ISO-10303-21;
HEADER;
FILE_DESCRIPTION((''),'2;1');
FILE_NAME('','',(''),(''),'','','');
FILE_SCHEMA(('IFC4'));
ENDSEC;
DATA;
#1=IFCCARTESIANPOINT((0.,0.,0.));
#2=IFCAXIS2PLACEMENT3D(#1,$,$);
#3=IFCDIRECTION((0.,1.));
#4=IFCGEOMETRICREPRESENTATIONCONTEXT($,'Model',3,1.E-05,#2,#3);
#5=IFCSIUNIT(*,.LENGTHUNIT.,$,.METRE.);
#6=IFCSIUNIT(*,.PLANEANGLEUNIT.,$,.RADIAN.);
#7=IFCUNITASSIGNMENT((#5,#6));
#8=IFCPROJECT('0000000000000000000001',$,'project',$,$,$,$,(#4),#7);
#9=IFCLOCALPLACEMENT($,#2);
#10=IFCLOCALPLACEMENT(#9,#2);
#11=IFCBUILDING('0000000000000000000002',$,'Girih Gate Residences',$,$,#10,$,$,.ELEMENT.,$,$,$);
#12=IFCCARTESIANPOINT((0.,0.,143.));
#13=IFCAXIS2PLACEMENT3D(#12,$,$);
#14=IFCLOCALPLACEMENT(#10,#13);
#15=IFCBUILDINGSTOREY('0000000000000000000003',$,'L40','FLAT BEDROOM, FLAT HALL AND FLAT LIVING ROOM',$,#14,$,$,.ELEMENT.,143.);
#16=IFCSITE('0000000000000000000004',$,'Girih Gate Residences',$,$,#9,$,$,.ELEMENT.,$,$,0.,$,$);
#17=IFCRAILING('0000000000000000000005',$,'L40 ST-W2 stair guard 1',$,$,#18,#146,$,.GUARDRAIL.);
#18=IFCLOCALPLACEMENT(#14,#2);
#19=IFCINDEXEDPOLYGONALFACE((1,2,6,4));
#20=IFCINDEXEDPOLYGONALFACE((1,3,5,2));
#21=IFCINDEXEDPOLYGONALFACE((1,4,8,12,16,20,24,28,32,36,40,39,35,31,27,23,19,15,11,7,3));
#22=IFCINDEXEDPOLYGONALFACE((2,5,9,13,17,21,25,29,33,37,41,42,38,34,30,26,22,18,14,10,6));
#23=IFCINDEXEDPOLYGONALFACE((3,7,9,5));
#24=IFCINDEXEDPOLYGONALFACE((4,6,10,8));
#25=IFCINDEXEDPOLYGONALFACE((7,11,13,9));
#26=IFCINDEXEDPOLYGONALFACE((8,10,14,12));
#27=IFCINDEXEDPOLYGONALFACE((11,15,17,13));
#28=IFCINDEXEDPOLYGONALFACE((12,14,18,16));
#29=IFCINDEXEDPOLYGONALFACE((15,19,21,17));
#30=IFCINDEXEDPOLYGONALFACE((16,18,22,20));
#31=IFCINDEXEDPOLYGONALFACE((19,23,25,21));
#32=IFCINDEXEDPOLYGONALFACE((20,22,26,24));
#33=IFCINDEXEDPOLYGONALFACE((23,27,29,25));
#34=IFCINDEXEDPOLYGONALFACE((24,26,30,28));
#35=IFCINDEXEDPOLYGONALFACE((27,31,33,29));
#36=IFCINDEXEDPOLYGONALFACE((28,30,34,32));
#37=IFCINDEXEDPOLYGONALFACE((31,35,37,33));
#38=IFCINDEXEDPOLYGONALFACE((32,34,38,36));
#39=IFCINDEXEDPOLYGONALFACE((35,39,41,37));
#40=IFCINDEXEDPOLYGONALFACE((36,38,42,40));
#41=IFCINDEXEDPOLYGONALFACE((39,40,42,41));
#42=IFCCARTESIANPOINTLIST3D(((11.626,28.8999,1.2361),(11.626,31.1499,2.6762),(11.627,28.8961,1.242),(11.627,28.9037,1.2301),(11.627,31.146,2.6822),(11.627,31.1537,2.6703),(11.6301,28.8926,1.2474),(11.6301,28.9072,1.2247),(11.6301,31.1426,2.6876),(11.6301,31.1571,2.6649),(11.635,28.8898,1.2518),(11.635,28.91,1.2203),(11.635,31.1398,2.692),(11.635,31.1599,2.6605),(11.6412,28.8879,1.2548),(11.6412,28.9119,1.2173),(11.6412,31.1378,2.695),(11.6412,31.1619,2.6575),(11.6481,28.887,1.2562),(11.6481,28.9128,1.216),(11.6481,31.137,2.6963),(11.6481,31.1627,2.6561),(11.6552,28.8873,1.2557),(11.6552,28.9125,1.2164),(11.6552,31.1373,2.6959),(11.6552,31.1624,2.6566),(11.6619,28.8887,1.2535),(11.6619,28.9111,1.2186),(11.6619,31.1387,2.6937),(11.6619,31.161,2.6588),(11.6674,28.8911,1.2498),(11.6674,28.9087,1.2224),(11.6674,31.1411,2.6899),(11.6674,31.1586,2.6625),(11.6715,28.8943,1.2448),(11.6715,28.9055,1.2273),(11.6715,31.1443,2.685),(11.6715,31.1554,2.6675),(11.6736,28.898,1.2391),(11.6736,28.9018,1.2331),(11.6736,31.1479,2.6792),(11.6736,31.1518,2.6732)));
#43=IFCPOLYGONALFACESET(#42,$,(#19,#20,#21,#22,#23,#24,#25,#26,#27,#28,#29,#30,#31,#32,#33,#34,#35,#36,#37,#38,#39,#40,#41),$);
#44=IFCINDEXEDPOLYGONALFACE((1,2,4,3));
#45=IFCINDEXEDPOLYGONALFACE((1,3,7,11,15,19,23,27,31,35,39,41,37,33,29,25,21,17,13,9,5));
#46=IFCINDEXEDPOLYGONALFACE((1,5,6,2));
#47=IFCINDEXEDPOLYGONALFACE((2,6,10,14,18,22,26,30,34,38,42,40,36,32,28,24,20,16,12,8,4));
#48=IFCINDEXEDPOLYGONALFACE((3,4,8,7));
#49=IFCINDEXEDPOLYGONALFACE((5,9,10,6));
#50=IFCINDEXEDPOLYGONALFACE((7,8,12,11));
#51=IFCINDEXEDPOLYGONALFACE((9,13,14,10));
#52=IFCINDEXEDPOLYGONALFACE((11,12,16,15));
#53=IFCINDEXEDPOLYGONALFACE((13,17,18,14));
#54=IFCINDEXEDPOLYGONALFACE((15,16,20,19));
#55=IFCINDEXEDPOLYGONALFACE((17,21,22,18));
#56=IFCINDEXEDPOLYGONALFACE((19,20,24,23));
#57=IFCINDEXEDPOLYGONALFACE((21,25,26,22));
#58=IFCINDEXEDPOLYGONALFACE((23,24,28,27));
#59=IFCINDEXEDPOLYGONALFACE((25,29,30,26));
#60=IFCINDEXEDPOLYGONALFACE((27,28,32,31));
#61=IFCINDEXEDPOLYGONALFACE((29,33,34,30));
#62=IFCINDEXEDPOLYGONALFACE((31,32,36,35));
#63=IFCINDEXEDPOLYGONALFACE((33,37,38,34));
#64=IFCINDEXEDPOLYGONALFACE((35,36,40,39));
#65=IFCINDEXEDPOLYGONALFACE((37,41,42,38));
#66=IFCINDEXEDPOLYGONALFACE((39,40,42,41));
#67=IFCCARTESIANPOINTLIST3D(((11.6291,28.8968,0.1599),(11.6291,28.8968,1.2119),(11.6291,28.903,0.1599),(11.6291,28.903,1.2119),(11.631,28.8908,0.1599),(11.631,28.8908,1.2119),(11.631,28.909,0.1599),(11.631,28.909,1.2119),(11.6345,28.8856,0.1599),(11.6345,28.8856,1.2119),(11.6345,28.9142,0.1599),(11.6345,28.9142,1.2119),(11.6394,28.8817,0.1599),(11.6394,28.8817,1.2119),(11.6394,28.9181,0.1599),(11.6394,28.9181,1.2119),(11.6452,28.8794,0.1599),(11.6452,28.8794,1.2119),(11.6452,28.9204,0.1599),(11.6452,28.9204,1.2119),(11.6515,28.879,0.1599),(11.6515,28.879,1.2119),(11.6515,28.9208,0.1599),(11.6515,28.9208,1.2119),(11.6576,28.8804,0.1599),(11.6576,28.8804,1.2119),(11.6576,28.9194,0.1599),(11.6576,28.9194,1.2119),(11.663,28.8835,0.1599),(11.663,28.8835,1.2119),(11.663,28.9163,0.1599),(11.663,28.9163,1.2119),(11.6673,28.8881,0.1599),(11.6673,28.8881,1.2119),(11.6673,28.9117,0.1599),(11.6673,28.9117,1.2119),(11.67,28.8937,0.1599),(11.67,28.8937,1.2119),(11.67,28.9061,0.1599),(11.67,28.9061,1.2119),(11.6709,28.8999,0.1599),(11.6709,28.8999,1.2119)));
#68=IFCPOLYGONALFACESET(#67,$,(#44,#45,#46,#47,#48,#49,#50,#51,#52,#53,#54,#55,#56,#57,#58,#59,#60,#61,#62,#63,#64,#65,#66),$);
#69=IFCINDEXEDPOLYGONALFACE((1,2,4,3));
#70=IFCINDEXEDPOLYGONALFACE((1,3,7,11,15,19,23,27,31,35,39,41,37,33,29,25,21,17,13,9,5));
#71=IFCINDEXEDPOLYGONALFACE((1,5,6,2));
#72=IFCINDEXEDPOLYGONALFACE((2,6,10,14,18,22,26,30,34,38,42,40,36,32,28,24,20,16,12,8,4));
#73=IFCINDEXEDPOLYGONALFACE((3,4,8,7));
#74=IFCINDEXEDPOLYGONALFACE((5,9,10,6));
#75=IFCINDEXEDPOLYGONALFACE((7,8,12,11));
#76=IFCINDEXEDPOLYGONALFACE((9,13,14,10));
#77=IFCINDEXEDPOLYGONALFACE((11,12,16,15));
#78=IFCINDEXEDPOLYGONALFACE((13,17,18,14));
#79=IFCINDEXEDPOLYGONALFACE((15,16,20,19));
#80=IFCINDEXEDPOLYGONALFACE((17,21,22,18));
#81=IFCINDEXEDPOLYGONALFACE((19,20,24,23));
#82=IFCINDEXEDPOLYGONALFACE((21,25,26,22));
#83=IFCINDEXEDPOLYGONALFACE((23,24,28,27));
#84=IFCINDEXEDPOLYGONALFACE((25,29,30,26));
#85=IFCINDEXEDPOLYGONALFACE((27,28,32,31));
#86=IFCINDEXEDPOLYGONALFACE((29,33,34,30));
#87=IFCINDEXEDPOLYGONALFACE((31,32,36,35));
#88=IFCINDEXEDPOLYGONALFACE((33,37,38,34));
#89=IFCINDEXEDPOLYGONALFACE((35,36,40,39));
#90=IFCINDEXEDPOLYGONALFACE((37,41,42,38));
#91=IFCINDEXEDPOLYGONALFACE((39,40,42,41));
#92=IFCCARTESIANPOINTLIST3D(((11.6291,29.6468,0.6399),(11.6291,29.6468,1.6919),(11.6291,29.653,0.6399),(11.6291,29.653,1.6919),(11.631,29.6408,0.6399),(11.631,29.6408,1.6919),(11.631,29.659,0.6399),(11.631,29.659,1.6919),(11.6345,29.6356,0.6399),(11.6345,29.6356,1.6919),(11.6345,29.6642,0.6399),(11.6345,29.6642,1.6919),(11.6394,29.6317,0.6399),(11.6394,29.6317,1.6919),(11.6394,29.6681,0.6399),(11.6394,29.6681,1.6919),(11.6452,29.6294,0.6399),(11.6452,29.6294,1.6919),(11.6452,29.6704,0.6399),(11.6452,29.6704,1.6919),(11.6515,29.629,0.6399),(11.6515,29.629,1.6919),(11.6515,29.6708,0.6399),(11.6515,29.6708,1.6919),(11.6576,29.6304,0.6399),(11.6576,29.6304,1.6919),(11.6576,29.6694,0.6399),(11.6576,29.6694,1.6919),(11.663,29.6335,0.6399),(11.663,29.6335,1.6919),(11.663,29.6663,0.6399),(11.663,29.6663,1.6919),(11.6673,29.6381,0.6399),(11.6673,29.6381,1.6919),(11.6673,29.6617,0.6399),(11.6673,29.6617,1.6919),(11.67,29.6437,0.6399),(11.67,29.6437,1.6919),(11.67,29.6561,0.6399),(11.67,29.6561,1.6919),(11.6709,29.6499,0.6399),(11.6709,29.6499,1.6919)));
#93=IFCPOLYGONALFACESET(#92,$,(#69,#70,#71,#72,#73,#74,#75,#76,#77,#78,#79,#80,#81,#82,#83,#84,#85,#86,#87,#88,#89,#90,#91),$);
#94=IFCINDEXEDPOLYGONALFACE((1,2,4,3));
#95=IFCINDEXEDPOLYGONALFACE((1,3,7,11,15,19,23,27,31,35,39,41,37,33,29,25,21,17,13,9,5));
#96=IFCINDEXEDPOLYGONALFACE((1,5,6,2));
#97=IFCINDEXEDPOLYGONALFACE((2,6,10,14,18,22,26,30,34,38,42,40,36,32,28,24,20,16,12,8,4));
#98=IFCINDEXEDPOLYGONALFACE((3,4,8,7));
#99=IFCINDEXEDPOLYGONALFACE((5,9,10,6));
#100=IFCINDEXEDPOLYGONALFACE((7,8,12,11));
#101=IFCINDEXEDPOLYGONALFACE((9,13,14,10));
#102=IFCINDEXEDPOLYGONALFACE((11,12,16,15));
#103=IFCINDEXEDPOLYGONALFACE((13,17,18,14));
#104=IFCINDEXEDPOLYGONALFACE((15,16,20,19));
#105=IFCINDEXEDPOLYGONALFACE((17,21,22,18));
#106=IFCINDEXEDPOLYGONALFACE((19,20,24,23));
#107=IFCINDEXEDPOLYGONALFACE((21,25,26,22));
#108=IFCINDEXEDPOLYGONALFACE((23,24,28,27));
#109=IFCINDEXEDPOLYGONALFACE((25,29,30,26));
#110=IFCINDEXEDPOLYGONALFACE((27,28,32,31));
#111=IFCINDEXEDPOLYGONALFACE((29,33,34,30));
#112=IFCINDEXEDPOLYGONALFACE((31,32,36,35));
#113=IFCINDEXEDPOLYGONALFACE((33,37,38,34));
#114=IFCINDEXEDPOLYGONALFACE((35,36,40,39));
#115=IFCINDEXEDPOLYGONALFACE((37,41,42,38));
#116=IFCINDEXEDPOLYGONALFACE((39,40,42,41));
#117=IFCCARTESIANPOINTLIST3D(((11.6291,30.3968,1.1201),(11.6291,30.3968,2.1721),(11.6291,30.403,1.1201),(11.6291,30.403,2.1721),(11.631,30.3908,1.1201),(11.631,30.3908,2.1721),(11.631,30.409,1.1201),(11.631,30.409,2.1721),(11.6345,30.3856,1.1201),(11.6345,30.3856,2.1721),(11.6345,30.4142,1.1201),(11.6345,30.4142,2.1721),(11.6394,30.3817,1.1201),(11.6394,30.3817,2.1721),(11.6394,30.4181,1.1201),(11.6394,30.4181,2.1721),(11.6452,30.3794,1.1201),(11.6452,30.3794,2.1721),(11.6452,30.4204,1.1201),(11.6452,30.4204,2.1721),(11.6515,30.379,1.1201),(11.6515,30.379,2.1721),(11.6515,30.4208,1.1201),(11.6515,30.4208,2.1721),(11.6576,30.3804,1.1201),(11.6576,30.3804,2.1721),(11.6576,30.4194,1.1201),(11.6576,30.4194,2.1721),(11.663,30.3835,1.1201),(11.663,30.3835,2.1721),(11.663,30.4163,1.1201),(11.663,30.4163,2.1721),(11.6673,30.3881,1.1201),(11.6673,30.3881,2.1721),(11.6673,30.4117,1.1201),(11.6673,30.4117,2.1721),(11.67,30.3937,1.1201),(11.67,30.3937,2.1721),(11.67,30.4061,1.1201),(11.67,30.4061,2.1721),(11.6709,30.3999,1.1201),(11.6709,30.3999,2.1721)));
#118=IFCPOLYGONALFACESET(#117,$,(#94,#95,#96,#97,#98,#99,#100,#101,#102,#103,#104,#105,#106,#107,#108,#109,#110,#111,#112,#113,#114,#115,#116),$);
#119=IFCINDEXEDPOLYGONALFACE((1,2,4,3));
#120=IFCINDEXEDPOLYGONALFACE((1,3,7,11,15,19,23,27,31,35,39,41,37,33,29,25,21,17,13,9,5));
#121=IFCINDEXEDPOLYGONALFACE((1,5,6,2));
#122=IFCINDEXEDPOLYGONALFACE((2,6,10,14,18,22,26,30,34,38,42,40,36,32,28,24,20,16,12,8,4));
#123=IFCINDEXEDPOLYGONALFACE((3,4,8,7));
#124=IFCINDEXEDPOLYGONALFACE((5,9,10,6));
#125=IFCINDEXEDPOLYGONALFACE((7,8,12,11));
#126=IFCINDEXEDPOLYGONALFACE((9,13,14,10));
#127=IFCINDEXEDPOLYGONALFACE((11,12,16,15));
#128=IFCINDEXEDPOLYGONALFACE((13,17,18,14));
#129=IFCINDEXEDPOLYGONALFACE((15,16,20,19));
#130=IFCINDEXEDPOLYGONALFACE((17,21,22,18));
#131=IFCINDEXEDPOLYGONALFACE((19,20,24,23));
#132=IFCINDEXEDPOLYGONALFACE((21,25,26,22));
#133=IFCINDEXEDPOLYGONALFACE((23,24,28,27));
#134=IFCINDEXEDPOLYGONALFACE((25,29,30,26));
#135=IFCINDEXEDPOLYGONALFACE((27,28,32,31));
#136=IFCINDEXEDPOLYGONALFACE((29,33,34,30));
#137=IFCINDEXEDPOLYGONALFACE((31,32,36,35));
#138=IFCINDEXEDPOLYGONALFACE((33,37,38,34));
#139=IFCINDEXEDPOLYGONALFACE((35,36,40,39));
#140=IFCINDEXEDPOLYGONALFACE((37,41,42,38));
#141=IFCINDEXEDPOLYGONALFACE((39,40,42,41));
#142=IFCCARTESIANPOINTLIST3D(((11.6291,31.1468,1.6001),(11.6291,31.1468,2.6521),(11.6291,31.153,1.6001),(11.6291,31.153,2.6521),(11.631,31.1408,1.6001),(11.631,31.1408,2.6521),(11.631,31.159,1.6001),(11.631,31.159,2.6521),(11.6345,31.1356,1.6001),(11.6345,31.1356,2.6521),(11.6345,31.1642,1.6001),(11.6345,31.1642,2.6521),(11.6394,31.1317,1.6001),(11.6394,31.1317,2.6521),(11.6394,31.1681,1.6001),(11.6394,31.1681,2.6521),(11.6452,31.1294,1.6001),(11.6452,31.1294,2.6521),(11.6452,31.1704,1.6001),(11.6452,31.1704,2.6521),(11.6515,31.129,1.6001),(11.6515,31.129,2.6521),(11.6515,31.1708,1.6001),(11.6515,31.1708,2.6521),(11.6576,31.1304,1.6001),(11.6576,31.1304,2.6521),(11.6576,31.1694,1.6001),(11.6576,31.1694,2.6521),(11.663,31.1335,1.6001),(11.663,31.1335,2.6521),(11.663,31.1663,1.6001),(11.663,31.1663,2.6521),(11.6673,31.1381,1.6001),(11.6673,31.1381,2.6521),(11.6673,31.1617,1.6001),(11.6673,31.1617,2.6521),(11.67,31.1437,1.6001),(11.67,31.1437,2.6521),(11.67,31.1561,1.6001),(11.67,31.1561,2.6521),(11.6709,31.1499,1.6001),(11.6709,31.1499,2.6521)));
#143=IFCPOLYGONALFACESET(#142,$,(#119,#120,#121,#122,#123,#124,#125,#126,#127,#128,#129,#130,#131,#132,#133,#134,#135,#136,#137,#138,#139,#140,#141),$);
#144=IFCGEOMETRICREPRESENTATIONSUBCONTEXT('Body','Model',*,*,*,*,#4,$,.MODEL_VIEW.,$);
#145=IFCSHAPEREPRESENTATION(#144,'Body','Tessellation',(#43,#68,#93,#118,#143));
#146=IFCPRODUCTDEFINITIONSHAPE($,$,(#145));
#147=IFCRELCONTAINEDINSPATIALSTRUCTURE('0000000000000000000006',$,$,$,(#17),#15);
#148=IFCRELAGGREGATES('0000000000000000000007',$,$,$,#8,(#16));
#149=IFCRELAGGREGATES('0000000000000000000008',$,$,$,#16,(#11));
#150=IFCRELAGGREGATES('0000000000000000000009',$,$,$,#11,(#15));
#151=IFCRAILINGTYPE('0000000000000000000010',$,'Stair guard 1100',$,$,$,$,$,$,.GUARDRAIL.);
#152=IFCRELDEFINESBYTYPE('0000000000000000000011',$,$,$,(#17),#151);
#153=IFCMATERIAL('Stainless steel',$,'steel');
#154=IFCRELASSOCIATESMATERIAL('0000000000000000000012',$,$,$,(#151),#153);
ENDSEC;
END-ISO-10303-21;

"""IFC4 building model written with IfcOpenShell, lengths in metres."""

from ifc_helpers import new_model, si_unit, direction, frame, origin, origin_2d, place, context, subcontext, project, spatial, circle, extrude, material, type_object, element, save


model = new_model("IFC4")

# Units and contexts
model_context = context("Model", 3, precision=1e-05, world=origin(), true_north=direction((0.0, 1.0)))
body_context = subcontext(model_context, "Body", "Model", "MODEL_VIEW")
ifc_project = project(units=[si_unit("LENGTHUNIT", "METRE"), si_unit("PLANEANGLEUNIT", "RADIAN")], contexts=[model_context])

# Site, building, storey
site_placement = place(None, origin())
site = spatial("IfcSite", under=ifc_project, at=site_placement, Name="Girih Gate Residences", CompositionType="ELEMENT", RefElevation=0.0)
building_placement = place(site_placement, origin())
building = spatial("IfcBuilding", under=site, at=building_placement, Name="Girih Gate Residences", CompositionType="ELEMENT")
storey_placement = place(building_placement, frame((0.0, 0.0, 143.0)))
storey = spatial("IfcBuildingStorey", under=building, at=storey_placement, Name="L40", Description="FLAT BEDROOM, FLAT HALL AND FLAT LIVING ROOM", CompositionType="ELEMENT", Elevation=143.0)

# Railing
ifc_material_1 = material(Name="Stainless steel", Category="steel")
railing_type_1 = type_object("IfcRailingType", Name="Stair guard 1100", PredefinedType="GUARDRAIL", material=ifc_material_1)
railing_1_placement = place(storey_placement, frame((11.6499, 28.8999, 0.1599)))
element("IfcRailing", 1, at=railing_1_placement, inside=storey, type_object=railing_type_1, Name="L40 ST-W2 stair guard 1", PredefinedType="GUARDRAIL", context=body_context, shape_type="SweptSolid", body=[
    extrude(circle(Radius=0.0239, at=origin_2d()), frame((0.0, 0.0, 1.0762), z_axis=(0.0, 0.84224, 0.539103), x_axis=(-1.0, 0.0, 0.0)), (0.0, 0.0, 1.0), 2.6714),
    extrude(circle(Radius=0.021, at=origin_2d()), origin(), (0.0, 0.0, 1.0), 1.052),
    extrude(circle(Radius=0.021, at=origin_2d()), frame((0.0, 0.75, 0.48)), (0.0, 0.0, 1.0), 1.052),
    extrude(circle(Radius=0.021, at=origin_2d()), frame((0.0, 1.5, 0.9602)), (0.0, 0.0, 1.0), 1.052),
    extrude(circle(Radius=0.021, at=origin_2d()), frame((0.0, 2.25, 1.4402)), (0.0, 0.0, 1.0), 1.052),
])

save(model, "model.ifc")
